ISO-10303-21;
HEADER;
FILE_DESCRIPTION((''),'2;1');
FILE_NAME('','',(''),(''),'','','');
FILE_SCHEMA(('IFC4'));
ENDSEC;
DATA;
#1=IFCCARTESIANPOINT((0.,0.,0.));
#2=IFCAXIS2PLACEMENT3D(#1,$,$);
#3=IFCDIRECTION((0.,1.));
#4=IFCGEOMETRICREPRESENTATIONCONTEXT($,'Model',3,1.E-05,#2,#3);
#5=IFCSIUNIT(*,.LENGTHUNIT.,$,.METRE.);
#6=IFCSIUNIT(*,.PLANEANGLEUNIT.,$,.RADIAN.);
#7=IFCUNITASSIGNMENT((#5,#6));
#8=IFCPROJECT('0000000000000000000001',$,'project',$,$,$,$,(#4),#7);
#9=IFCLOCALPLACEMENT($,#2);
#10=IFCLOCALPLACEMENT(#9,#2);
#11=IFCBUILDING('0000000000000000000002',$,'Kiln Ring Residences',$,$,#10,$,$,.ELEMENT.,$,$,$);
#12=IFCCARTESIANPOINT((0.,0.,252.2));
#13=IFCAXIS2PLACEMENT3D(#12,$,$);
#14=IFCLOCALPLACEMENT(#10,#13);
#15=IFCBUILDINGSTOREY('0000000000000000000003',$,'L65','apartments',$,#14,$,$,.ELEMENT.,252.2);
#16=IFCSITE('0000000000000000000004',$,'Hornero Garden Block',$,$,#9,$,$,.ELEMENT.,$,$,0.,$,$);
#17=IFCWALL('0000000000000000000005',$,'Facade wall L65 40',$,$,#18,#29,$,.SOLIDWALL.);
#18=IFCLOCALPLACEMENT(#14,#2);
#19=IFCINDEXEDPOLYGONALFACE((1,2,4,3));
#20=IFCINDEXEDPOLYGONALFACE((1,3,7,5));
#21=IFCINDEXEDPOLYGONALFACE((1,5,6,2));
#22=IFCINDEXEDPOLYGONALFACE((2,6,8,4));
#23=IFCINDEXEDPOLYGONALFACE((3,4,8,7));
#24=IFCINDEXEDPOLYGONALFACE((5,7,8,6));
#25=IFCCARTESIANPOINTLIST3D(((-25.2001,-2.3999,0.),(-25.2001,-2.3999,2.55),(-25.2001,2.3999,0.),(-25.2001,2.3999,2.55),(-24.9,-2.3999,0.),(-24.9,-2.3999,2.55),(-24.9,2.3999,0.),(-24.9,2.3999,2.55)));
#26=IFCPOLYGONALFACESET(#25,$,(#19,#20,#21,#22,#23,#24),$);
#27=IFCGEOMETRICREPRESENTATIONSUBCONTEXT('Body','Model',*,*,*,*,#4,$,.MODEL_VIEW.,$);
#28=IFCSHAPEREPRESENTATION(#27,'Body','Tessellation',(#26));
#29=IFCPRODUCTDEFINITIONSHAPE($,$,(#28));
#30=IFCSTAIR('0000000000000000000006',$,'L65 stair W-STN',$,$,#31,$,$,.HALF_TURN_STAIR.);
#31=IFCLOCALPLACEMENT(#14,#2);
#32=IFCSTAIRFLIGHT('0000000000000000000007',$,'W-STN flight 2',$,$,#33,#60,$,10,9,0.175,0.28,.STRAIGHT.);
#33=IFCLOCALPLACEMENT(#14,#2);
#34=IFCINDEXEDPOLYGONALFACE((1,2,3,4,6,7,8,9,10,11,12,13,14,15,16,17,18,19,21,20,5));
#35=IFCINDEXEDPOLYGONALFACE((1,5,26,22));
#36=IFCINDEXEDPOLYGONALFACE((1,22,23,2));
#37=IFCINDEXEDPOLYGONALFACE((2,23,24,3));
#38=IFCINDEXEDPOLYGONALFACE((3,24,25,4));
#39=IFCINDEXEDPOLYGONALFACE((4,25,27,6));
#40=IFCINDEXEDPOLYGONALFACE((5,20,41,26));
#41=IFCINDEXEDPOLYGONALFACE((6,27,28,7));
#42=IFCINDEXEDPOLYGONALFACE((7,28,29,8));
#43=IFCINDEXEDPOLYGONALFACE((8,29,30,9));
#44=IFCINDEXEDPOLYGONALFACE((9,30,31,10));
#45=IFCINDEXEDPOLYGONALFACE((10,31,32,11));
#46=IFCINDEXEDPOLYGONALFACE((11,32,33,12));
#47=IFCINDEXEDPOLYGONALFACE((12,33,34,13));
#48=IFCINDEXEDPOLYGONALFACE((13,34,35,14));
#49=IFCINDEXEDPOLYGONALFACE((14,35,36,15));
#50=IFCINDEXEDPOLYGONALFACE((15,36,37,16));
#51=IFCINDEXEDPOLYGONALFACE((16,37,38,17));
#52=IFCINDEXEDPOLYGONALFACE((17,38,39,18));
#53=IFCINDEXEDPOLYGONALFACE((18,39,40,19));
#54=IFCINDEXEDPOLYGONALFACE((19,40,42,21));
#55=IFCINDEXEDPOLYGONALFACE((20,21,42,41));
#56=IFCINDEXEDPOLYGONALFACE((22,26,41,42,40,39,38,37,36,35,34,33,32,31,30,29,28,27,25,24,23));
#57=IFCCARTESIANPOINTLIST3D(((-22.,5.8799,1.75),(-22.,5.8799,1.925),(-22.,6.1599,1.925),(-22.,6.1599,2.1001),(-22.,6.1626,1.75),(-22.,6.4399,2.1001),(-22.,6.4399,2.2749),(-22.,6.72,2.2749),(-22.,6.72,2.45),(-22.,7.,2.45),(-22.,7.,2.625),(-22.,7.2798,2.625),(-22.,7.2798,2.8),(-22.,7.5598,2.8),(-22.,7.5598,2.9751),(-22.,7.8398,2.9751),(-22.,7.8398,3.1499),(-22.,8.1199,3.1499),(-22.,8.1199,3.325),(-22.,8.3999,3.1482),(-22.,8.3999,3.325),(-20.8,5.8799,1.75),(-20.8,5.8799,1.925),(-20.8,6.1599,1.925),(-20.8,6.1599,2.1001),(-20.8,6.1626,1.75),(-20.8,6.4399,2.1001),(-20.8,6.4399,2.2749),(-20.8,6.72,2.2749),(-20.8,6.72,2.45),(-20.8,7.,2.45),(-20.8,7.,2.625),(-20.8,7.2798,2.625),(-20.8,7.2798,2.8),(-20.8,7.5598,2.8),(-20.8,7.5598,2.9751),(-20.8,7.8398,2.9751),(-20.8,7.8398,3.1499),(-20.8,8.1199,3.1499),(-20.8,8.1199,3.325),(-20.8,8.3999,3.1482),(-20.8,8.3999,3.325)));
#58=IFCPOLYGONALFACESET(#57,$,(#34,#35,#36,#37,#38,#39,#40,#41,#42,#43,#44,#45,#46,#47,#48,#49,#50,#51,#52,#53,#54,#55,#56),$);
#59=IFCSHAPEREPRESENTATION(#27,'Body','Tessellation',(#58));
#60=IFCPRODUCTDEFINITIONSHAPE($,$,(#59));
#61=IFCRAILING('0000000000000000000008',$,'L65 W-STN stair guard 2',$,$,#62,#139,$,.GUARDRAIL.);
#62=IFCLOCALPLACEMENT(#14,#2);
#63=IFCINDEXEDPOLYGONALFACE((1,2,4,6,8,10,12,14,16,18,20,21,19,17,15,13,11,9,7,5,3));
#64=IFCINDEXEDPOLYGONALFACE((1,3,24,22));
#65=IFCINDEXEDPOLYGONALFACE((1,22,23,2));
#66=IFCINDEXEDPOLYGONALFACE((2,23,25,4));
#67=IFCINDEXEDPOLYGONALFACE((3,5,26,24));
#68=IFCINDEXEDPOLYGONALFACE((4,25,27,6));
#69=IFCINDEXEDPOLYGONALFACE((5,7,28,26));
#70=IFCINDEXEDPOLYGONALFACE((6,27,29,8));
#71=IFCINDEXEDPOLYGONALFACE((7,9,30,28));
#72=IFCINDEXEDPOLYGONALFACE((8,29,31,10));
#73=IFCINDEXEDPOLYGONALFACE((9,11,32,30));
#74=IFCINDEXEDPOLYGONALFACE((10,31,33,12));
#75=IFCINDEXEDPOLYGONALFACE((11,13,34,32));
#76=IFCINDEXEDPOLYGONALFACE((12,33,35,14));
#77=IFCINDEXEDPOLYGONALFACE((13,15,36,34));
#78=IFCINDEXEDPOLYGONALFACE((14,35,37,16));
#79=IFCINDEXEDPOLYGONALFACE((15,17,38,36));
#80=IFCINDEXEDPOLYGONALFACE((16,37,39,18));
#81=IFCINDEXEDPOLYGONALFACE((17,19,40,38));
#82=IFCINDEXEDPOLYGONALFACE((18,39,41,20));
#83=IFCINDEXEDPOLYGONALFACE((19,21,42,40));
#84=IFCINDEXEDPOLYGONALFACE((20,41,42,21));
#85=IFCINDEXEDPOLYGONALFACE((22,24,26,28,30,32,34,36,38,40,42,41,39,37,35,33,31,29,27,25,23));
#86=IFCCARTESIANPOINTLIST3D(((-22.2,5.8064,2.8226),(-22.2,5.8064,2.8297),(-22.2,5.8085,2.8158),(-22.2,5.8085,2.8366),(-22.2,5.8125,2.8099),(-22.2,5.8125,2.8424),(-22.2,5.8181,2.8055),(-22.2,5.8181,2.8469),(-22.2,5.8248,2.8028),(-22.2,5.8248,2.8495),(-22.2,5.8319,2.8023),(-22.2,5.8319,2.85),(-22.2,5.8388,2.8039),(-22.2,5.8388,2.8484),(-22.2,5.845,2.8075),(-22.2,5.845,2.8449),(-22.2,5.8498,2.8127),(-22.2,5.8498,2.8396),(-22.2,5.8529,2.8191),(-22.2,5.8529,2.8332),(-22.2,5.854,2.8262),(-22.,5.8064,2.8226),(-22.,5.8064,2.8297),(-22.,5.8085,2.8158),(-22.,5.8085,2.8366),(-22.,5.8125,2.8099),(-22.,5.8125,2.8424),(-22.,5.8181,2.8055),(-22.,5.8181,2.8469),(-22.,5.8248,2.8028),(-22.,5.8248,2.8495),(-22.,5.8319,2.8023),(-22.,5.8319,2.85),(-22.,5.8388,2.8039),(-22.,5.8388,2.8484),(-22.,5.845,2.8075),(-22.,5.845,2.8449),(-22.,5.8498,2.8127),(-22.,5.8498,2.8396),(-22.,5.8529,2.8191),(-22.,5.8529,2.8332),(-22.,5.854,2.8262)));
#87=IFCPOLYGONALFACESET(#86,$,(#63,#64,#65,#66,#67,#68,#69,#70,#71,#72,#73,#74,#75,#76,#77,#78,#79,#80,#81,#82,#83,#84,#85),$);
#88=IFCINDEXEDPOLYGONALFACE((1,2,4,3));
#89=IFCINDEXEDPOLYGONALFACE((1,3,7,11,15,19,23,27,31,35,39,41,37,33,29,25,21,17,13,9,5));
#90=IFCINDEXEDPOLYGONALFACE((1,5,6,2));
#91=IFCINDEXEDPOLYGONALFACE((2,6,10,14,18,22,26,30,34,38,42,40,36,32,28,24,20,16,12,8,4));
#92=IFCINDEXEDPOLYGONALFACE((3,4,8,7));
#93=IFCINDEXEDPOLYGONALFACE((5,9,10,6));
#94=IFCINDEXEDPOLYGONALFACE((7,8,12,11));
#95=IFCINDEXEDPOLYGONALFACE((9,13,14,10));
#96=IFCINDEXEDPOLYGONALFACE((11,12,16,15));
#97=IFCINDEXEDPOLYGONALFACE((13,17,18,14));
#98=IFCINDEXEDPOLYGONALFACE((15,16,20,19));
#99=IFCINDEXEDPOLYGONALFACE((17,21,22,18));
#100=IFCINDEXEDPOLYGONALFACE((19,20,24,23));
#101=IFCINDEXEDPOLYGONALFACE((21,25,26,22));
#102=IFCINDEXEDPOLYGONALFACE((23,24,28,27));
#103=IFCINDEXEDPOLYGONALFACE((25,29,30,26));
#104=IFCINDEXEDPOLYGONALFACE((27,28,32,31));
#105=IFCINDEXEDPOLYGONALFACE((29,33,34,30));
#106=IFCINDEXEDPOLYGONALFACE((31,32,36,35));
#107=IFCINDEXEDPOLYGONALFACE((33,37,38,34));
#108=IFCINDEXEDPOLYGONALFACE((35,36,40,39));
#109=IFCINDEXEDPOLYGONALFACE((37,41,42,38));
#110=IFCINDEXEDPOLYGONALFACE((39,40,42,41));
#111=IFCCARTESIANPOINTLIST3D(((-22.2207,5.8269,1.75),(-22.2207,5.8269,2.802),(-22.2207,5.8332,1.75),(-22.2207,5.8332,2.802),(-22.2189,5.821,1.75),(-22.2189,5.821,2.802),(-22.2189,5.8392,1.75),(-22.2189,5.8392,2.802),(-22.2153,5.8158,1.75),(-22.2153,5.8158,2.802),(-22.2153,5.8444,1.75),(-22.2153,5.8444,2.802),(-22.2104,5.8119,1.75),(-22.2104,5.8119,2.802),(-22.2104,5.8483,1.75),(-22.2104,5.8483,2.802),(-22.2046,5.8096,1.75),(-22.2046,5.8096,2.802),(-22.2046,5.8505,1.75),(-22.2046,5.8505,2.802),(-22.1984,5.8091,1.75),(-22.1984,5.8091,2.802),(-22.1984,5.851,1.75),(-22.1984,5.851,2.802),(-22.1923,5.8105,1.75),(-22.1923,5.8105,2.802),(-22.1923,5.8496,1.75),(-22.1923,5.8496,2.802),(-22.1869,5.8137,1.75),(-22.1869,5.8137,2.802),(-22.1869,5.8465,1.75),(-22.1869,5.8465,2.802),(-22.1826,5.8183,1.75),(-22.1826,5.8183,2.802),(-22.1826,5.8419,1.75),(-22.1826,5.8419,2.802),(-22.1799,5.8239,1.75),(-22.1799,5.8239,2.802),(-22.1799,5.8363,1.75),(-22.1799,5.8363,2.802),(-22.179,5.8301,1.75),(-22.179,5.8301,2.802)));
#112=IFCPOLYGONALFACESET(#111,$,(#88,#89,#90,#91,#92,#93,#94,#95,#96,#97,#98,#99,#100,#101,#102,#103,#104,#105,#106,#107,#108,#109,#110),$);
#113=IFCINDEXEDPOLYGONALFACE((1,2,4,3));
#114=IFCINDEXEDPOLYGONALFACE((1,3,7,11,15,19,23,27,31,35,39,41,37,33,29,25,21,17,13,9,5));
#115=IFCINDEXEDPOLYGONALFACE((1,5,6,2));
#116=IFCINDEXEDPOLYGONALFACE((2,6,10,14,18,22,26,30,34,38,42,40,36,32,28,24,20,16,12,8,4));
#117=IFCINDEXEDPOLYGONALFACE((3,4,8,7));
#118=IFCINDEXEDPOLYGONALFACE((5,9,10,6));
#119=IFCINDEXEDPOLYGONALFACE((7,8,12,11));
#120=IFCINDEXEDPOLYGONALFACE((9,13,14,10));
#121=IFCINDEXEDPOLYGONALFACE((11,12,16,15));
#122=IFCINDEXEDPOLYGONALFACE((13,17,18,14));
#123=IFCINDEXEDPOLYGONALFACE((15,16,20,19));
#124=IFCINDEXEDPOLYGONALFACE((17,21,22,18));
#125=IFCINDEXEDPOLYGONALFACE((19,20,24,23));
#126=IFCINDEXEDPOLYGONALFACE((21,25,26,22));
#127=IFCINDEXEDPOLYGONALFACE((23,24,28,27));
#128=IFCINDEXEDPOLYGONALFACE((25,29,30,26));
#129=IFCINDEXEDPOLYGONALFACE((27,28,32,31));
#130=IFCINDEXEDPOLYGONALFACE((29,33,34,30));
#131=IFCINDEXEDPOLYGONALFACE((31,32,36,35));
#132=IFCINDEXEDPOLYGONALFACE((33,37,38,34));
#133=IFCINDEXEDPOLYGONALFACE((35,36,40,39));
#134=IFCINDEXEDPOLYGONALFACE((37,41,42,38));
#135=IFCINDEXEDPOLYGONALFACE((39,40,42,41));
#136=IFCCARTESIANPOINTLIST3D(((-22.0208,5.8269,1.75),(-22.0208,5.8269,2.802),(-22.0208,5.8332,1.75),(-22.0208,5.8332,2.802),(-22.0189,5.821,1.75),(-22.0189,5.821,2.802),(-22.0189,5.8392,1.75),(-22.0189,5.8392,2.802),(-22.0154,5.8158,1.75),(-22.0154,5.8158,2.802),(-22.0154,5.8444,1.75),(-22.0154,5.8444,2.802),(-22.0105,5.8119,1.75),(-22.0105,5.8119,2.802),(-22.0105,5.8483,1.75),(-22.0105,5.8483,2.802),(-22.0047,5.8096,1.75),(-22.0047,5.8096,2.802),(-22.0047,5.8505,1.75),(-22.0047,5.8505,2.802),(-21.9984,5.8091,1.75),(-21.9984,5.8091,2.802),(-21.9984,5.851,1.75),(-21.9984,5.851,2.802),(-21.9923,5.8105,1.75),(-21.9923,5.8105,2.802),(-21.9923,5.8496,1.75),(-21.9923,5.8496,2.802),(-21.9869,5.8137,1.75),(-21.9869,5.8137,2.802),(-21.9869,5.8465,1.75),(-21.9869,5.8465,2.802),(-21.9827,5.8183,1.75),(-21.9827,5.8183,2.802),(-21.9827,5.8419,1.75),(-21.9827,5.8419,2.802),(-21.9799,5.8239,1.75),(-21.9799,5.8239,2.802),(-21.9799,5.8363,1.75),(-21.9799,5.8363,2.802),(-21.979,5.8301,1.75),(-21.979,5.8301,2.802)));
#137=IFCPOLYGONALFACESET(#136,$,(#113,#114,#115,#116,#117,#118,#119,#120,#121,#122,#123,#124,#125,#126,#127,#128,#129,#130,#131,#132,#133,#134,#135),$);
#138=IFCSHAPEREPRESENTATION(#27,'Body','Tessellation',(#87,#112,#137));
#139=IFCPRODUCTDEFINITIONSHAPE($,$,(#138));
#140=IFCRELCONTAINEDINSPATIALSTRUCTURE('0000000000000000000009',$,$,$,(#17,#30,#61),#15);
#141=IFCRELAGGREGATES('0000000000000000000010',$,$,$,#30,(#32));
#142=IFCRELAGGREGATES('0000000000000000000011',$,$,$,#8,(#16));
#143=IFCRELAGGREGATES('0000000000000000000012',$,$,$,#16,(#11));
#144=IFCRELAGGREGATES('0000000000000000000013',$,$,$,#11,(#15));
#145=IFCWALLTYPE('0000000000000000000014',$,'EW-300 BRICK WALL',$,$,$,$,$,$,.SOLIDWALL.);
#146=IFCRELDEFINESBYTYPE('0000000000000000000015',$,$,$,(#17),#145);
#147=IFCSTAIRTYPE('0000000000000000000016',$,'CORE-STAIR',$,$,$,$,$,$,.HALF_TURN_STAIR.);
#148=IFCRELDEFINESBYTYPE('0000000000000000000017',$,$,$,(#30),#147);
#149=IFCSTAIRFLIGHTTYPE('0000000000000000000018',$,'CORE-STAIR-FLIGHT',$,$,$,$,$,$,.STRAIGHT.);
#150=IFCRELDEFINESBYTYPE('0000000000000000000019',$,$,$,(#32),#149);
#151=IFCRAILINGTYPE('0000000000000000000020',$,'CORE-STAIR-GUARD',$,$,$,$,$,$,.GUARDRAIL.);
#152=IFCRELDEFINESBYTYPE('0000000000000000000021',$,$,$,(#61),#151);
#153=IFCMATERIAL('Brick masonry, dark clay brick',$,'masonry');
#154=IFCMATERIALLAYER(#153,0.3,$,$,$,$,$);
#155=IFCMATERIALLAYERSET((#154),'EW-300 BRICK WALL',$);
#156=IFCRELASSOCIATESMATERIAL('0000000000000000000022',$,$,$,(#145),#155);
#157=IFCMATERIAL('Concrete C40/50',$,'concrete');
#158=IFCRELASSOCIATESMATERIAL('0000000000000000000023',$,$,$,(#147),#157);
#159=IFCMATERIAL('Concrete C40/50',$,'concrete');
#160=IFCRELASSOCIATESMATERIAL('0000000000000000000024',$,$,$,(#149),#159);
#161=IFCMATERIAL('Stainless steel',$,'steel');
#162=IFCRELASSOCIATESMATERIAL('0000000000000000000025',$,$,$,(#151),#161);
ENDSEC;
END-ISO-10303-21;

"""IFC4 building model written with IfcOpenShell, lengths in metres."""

from ifc_helpers import new_model, si_unit, direction, frame, frame_2d, origin, origin_2d, place, context, subcontext, project, spatial, polyline, rectangle, circle, outline, extrude, material, layer, layer_set, type_object, element, aggregate, save


model = new_model("IFC4")

# Units and contexts
model_context = context("Model", 3, precision=1e-05, world=origin(), true_north=direction((0.0, 1.0)))
body_context = subcontext(model_context, "Body", "Model", "MODEL_VIEW")
ifc_project = project(units=[si_unit("LENGTHUNIT", "METRE"), si_unit("PLANEANGLEUNIT", "RADIAN")], contexts=[model_context])

# Site, building, storey
site_placement = place(None, origin())
site = spatial("IfcSite", under=ifc_project, at=site_placement, Name="Hornero Garden Block", CompositionType="ELEMENT", RefElevation=0.0)
building_placement = place(site_placement, origin())
building = spatial("IfcBuilding", under=site, at=building_placement, Name="Kiln Ring Residences", CompositionType="ELEMENT")
storey_placement = place(building_placement, frame((0.0, 0.0, 252.2)))
storey = spatial("IfcBuildingStorey", under=building, at=storey_placement, Name="L65", Description="apartments", CompositionType="ELEMENT", Elevation=252.2)

# Wall
ifc_material_1 = material(Name="Brick masonry, dark clay brick", Category="masonry")
ifc_layer_1 = layer(ifc_material_1, 0.3)
ifc_layer_set_1 = layer_set([ifc_layer_1], Name="EW-300 BRICK WALL")
wall_type_1 = type_object("IfcWallType", Name="EW-300 BRICK WALL", PredefinedType="SOLIDWALL", material=ifc_layer_set_1)
wall_1_placement = place(storey_placement, frame((-25.05, 2.3999, 0.0), z_axis=(0.0, 0.0, 1.0), x_axis=(0.0, -1.0, 0.0)))
element("IfcWall", 1, at=wall_1_placement, inside=storey, type_object=wall_type_1, Name="Facade wall L65 40", PredefinedType="SOLIDWALL", context=body_context, shape_type="SweptSolid", body=[
    extrude(rectangle(XDim=4.7998, YDim=0.3, at=frame_2d((2.3999, 0.0))), origin(), (0.0, 0.0, 1.0), 2.55),
])

# Stair, stair flight
ifc_material_2 = material(Name="Concrete C40/50", Category="concrete")
stair_type = type_object("IfcStairType", Name="CORE-STAIR", PredefinedType="HALF_TURN_STAIR", material=ifc_material_2)
stair_placement = place(storey_placement, origin())
stair = element("IfcStair", 2, at=stair_placement, inside=storey, type_object=stair_type, Name="L65 stair W-STN", PredefinedType="HALF_TURN_STAIR")
ifc_material_3 = material(Name="Concrete C40/50", Category="concrete")
stair_flight_type = type_object("IfcStairFlightType", Name="CORE-STAIR-FLIGHT", PredefinedType="STRAIGHT", material=ifc_material_3)
stair_flight_placement = place(storey_placement, frame((-21.3999, 5.8799, 1.75), z_axis=(0.0, 0.0, 1.0), x_axis=(0.0, 1.0, 0.0)))
stair_flight = element("IfcStairFlight", 3, at=stair_flight_placement, type_object=stair_flight_type, Name="W-STN flight 2", NumberOfRisers=10, NumberOfTreads=9, PredefinedType="STRAIGHT", RiserHeight=0.175, TreadLength=0.28, context=body_context, shape_type="SweptSolid", body=[
    extrude(outline(polyline([(0.0, 0.0), (0.0, 0.175), (0.28, 0.175), (0.28, 0.3501), (0.5601, 0.3501), (0.5601, 0.5249), (0.8401, 0.5249), (0.8401, 0.7), (1.1201, 0.7), (1.1201, 0.875), (1.3999, 0.875), (1.3999, 1.05), (1.6799, 1.05), (1.6799, 1.2251), (1.96, 1.2251), (1.96, 1.3999), (2.24, 1.3999), (2.24, 1.575), (2.52, 1.575), (2.52, 1.75), (2.52, 1.3982), (0.2827, 0.0), (0.0, 0.0)])), frame((0.0, 0.6001, 0.0), z_axis=(0.0, -1.0, 0.0), x_axis=(1.0, 0.0, 0.0)), (0.0, 0.0, 1.0), 1.2),
])
aggregate(stair, [stair_flight])

# Railing
ifc_material_4 = material(Name="Stainless steel", Category="steel")
railing_type_1 = type_object("IfcRailingType", Name="CORE-STAIR-GUARD", PredefinedType="GUARDRAIL", material=ifc_material_4)
railing_1_placement = place(storey_placement, frame((-22.2, 5.8301, 1.75)))
element("IfcRailing", 4, at=railing_1_placement, inside=storey, type_object=railing_type_1, Name="L65 W-STN stair guard 2", PredefinedType="GUARDRAIL", context=body_context, shape_type="SweptSolid", body=[
    extrude(circle(Radius=0.0239, at=origin_2d()), frame((0.0, 0.0, 1.0762), z_axis=(1.0, 0.0, 0.0), x_axis=(0.0, 1.0, 0.0)), (0.0, 0.0, 1.0), 0.2),
    extrude(circle(Radius=0.021, at=origin_2d()), origin(), (0.0, 0.0, 1.0), 1.052),
    extrude(circle(Radius=0.021, at=origin_2d()), frame((0.2, 0.0, 0.0)), (0.0, 0.0, 1.0), 1.052),
])

save(model, "model.ifc")
